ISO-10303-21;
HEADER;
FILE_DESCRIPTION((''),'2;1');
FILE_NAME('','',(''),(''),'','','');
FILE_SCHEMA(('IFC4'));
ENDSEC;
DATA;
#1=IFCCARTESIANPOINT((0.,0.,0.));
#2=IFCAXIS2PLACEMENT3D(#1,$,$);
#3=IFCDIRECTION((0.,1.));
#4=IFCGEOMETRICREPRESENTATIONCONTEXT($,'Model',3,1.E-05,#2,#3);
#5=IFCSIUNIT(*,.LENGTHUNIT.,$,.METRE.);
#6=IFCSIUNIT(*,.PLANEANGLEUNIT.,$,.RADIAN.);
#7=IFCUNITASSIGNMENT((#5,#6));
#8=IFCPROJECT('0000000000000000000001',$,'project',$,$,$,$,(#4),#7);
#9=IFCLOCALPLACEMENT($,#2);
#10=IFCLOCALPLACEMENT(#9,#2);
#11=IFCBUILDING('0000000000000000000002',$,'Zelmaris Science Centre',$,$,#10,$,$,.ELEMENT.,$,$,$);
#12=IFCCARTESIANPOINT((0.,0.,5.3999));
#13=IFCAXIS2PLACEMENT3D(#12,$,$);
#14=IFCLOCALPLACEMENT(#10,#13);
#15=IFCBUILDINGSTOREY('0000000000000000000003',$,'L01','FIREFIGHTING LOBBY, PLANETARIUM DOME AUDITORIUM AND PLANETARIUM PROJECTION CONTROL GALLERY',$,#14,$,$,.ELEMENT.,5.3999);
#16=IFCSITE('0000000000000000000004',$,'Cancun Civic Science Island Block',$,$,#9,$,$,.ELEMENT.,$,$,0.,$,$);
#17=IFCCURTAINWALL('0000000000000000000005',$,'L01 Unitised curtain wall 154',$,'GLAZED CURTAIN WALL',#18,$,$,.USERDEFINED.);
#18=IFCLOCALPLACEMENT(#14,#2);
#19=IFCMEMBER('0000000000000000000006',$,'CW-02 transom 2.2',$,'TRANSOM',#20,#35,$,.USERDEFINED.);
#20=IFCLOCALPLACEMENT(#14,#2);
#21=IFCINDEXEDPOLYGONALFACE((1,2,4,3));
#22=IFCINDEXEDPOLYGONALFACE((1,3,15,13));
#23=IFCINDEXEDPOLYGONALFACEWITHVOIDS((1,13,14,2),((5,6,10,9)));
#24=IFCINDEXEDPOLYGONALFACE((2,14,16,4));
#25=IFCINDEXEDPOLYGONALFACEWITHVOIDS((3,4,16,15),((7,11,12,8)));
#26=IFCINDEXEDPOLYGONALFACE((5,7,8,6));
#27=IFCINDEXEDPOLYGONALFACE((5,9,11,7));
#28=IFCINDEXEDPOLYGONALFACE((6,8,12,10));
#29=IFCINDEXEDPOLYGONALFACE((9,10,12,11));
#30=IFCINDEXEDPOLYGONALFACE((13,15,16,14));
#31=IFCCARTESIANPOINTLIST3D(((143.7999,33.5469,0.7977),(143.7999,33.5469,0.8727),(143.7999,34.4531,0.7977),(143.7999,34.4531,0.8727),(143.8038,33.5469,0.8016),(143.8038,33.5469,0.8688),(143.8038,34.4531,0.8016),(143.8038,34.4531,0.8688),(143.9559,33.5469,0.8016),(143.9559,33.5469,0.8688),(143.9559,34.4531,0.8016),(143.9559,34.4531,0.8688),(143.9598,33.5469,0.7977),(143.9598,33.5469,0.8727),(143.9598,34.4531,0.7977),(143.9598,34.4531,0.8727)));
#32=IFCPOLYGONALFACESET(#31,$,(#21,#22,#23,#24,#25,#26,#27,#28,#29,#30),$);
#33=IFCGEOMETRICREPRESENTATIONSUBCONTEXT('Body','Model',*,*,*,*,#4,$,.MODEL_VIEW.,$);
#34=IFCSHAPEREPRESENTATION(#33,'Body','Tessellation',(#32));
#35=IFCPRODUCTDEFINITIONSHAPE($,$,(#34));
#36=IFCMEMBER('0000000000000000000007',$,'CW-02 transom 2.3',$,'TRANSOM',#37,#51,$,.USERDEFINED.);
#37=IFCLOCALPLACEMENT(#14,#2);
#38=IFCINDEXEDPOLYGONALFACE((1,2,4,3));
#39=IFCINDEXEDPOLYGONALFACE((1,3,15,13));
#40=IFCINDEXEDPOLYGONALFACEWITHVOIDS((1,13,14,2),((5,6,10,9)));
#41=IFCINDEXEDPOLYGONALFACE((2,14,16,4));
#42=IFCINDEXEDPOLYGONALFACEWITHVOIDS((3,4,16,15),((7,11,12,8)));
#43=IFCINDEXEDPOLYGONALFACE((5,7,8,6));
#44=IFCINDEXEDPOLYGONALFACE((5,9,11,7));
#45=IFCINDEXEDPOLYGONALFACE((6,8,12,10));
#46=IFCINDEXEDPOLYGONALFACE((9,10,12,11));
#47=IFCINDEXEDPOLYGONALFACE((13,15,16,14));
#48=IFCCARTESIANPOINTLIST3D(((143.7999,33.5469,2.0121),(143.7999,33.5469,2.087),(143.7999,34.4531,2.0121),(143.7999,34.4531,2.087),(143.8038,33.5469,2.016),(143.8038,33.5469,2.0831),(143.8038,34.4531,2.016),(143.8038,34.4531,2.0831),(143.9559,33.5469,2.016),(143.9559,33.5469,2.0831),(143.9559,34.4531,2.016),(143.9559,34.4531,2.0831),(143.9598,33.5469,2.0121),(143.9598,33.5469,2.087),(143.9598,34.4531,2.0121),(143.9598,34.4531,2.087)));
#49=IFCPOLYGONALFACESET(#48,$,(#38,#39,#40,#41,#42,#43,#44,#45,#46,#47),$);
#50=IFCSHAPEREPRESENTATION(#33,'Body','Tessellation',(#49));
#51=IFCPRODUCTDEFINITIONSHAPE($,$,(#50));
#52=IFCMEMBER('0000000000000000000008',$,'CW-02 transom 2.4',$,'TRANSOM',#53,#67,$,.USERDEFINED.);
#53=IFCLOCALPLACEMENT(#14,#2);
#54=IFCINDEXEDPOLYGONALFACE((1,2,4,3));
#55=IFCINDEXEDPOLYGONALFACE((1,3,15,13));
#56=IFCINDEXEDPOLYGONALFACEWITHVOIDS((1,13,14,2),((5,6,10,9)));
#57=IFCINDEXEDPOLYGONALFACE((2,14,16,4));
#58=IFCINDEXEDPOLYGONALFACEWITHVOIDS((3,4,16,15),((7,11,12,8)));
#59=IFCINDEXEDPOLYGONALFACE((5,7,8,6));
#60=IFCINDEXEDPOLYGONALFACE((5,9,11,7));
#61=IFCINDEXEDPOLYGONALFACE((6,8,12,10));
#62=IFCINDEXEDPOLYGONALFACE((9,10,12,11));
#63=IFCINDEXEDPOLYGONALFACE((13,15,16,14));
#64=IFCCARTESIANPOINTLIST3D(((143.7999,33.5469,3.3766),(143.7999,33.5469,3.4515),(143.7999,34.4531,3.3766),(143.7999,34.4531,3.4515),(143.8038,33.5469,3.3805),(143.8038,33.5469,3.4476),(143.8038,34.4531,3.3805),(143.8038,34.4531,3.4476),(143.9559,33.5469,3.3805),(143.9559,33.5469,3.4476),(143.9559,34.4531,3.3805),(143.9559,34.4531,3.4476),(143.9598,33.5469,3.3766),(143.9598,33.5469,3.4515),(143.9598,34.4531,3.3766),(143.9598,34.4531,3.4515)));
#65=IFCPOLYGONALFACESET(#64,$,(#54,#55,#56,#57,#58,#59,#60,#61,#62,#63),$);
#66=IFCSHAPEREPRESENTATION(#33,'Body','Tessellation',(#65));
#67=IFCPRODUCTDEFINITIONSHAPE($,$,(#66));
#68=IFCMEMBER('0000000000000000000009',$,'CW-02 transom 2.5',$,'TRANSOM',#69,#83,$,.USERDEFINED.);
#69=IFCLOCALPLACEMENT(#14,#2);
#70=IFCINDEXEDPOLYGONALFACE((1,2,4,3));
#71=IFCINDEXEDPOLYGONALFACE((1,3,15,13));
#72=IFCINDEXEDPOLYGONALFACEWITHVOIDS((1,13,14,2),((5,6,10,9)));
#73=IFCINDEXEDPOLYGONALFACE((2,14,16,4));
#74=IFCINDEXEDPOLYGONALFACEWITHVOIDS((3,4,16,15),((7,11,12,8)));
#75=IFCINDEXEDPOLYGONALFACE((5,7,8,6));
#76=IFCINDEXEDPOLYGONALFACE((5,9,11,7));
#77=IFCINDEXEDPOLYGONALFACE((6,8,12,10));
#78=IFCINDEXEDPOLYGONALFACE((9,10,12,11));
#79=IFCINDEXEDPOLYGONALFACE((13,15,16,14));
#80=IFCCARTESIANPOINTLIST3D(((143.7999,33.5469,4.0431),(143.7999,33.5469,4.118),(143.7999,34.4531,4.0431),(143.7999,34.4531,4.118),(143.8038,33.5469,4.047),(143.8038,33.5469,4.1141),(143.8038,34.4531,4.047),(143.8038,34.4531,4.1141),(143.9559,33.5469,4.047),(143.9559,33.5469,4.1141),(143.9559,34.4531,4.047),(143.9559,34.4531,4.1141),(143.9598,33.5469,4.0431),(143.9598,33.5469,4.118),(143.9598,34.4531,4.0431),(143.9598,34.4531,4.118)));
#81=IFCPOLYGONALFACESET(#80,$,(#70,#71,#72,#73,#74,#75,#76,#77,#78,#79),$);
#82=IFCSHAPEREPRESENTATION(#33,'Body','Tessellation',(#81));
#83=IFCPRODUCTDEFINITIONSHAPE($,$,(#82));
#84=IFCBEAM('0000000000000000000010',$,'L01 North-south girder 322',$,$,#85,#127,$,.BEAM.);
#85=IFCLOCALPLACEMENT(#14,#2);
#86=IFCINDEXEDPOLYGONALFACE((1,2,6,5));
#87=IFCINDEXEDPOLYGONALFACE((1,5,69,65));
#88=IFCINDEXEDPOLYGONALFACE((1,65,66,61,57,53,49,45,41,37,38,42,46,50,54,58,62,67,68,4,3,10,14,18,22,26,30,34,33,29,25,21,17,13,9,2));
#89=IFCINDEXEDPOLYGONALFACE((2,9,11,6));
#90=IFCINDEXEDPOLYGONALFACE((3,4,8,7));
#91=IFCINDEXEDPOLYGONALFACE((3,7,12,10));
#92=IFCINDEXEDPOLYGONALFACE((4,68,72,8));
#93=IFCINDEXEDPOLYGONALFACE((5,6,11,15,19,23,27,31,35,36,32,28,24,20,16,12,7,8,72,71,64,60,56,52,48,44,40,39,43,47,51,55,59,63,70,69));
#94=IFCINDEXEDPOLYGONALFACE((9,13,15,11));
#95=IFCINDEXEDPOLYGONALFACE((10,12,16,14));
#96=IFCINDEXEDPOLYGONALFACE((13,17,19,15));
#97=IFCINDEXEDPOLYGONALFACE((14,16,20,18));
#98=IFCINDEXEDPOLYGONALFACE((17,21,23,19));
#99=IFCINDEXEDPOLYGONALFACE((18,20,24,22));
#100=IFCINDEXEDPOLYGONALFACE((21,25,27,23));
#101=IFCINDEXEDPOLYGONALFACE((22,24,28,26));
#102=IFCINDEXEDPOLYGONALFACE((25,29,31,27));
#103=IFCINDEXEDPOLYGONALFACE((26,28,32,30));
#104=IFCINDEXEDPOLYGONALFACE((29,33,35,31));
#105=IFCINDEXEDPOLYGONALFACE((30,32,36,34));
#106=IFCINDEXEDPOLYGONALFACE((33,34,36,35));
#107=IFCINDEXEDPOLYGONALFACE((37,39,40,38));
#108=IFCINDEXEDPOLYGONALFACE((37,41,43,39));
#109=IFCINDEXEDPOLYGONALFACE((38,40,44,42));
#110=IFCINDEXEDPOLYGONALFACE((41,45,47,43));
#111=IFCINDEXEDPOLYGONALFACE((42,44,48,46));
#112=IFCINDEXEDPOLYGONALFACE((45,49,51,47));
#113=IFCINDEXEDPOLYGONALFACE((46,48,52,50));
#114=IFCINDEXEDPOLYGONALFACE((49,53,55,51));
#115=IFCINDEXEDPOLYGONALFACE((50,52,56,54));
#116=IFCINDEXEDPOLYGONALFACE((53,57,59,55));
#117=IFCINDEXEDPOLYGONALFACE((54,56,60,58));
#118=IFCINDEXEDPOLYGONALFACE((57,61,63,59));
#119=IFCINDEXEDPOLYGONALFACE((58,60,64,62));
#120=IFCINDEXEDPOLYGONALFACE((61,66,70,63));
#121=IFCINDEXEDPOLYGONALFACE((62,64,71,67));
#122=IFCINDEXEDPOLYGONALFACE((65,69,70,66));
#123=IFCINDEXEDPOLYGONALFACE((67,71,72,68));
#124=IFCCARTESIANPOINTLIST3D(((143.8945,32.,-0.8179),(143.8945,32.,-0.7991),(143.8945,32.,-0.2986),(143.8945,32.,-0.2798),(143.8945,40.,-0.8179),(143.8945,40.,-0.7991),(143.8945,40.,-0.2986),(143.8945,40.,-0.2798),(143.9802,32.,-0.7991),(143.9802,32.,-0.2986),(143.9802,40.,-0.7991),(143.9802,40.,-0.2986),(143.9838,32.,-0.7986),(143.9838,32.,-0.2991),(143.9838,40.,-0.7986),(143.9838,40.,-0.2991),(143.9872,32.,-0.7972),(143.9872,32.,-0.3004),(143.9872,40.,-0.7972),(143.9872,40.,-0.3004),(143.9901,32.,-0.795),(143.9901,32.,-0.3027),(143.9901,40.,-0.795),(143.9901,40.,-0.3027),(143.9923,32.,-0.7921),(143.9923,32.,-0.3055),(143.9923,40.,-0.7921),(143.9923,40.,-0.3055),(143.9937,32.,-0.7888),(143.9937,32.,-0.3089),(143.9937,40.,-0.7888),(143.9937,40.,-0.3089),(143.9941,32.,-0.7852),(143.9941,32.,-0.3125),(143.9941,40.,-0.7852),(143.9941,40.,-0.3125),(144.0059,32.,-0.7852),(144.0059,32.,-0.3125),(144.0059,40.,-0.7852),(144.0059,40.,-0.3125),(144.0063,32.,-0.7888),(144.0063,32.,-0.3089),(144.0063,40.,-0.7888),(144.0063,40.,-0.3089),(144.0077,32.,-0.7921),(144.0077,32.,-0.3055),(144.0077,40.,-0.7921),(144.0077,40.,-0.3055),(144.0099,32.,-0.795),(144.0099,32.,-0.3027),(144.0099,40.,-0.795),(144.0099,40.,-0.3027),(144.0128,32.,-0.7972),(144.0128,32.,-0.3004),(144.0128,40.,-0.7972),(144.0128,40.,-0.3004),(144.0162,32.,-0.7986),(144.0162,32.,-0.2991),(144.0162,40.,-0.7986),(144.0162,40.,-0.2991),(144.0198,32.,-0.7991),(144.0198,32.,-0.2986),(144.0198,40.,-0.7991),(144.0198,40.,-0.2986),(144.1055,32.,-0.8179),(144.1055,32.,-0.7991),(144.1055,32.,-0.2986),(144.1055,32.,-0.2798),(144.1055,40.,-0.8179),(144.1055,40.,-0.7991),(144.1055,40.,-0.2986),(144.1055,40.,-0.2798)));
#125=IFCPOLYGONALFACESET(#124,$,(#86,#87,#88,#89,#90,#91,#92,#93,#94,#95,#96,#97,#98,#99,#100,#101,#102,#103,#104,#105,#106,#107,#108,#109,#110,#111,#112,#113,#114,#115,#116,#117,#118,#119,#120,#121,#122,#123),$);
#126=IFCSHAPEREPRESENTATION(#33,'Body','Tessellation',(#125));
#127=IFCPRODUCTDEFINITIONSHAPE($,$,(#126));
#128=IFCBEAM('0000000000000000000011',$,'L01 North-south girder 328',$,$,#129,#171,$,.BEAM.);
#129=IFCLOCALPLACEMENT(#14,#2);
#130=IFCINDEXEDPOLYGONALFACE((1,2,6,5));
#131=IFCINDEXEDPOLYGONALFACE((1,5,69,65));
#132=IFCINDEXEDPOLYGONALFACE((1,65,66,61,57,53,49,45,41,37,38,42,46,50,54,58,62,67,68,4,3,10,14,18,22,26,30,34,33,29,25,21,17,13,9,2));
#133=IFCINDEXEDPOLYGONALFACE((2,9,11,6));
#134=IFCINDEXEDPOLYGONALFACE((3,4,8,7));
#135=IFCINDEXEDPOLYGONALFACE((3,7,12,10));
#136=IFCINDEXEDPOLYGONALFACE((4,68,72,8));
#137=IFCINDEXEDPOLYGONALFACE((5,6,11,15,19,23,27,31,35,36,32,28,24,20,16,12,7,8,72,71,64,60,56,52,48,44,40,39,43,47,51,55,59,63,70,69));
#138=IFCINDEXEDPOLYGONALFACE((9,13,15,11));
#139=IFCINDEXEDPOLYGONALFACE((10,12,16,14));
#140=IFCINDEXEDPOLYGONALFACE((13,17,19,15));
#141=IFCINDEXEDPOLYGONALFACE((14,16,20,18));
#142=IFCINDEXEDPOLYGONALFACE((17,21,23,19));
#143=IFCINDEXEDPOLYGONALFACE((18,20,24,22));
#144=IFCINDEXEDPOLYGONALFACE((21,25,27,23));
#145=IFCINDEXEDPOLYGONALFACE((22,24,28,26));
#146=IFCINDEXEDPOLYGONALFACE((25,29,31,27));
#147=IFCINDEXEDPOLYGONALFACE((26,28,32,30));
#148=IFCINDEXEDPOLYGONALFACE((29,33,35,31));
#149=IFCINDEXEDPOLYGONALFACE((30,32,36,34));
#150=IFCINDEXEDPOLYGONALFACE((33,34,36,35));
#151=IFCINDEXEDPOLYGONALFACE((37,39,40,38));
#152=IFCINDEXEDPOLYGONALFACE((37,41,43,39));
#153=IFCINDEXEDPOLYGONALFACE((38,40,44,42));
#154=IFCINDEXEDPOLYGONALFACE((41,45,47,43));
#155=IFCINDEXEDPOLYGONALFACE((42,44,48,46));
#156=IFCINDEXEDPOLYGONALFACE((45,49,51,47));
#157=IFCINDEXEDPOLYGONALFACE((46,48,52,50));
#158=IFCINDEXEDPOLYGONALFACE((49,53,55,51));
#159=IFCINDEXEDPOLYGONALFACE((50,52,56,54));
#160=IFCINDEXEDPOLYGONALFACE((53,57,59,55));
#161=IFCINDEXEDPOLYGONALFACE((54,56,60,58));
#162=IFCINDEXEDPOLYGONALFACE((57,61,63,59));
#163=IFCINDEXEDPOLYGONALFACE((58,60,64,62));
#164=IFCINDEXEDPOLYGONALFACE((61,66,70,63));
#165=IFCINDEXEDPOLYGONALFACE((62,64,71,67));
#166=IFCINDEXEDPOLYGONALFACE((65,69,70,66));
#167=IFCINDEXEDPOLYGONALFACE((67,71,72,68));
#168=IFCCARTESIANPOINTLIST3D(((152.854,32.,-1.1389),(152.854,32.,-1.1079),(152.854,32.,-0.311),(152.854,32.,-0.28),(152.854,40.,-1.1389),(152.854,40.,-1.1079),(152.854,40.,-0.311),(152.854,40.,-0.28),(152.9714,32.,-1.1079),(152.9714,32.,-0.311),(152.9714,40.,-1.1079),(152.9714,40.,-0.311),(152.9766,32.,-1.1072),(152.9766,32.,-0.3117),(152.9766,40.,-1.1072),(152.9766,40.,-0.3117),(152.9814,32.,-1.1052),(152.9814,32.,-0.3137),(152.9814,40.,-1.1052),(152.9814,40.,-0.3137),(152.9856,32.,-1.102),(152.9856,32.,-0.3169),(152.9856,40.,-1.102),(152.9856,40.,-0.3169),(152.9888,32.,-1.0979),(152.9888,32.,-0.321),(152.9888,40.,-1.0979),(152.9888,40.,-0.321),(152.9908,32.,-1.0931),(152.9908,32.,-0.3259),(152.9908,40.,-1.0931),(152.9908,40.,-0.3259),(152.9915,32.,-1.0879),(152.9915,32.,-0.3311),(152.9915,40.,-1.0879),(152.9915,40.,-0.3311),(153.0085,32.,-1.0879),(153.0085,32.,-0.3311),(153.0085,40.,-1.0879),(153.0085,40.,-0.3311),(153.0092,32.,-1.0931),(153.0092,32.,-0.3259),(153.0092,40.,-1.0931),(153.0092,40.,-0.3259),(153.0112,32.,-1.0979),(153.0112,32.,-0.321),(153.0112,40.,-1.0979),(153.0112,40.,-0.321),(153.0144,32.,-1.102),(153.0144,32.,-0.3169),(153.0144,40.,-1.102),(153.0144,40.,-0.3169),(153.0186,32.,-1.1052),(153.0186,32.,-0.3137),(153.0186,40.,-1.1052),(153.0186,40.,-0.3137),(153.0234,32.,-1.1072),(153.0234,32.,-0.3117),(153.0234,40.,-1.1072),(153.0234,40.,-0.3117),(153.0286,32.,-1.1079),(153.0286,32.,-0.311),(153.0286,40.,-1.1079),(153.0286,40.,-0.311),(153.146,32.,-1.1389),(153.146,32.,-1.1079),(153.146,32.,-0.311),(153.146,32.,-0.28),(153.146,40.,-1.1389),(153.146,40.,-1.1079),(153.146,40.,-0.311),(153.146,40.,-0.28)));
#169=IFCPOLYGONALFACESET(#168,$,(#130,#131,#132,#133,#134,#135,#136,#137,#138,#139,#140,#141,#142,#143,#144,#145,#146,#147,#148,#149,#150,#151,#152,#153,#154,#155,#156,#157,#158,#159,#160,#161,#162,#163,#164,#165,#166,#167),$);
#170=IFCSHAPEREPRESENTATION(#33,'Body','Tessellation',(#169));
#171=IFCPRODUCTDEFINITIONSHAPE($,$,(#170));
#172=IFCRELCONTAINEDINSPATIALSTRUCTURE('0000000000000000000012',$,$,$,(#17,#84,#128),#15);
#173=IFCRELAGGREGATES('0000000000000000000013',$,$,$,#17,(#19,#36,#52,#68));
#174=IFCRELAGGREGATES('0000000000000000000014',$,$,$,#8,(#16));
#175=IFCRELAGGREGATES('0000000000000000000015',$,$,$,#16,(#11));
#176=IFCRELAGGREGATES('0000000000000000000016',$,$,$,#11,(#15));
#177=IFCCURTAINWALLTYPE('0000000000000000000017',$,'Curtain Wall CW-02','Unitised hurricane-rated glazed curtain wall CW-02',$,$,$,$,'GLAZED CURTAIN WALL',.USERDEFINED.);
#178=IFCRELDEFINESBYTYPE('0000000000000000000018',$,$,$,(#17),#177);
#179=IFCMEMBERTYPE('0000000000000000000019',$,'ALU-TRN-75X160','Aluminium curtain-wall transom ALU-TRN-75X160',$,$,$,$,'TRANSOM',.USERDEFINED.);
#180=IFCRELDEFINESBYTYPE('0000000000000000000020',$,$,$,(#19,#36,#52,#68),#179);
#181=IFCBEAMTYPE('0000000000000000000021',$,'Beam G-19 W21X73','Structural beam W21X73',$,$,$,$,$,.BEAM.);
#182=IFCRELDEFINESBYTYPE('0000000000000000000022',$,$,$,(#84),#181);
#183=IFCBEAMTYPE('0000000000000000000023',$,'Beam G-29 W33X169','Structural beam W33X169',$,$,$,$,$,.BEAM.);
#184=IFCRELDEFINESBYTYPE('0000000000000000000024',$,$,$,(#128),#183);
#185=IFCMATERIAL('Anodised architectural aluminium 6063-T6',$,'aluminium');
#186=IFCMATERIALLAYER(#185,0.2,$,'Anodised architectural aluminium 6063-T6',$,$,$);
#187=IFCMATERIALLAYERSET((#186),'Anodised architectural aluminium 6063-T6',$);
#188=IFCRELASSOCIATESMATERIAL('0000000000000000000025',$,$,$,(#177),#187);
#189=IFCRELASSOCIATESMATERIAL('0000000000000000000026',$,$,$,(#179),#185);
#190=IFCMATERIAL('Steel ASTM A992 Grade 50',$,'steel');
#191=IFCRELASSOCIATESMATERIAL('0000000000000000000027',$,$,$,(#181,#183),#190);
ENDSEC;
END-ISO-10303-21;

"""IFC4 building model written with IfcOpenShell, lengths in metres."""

from ifc_helpers import new_model, si_unit, direction, frame, origin, origin_2d, place, context, subcontext, project, spatial, hollow_rectangle, i_section, extrude, material, layer, layer_set, material_profile, profile_set, type_object, element, aggregate, save


model = new_model("IFC4")

# Units and contexts
model_context = context("Model", 3, precision=1e-05, world=origin(), true_north=direction((0.0, 1.0)))
body_context = subcontext(model_context, "Body", "Model", "MODEL_VIEW")
ifc_project = project(units=[si_unit("LENGTHUNIT", "METRE"), si_unit("PLANEANGLEUNIT", "RADIAN")], contexts=[model_context])

# Site, building, storey
site_placement = place(None, origin())
site = spatial("IfcSite", under=ifc_project, at=site_placement, Name="Cancun Civic Science Island Block", CompositionType="ELEMENT", RefElevation=0.0)
building_placement = place(site_placement, origin())
building = spatial("IfcBuilding", under=site, at=building_placement, Name="Zelmaris Science Centre", CompositionType="ELEMENT")
storey_placement = place(building_placement, frame((0.0, 0.0, 5.3999)))
storey = spatial("IfcBuildingStorey", under=building, at=storey_placement, Name="L01", Description="FIREFIGHTING LOBBY, PLANETARIUM DOME AUDITORIUM AND PLANETARIUM PROJECTION CONTROL GALLERY", CompositionType="ELEMENT", Elevation=5.3999)

# Shared definitions
ifc_material_1 = material(Name="Steel ASTM A992 Grade 50", Category="steel")

# Curtain wall, members
ifc_material_2 = material(Name="Anodised architectural aluminium 6063-T6", Category="aluminium")
ifc_layer_1 = layer(ifc_material_2, 0.2, Name="Anodised architectural aluminium 6063-T6")
ifc_layer_set_1 = layer_set([ifc_layer_1], Name="Anodised architectural aluminium 6063-T6")
curtain_wall_type = type_object("IfcCurtainWallType", Name="Curtain Wall CW-02", Description="Unitised hurricane-rated glazed curtain wall CW-02", ElementType="GLAZED CURTAIN WALL", PredefinedType="USERDEFINED", material=ifc_layer_set_1)
curtain_wall_placement = place(storey_placement, origin())
curtain_wall = element("IfcCurtainWall", 1, at=curtain_wall_placement, inside=storey, type_object=curtain_wall_type, Name="L01 Unitised curtain wall 154", ObjectType="GLAZED CURTAIN WALL", PredefinedType="USERDEFINED")
ifc_material_profile_1 = material_profile(ifc_material_2, hollow_rectangle(XDim=0.075, YDim=0.1599, WallThickness=0.0039, at=origin_2d()), Name="ALU-TRN-75X160")
ifc_profile_set_1 = profile_set([ifc_material_profile_1], Name="Anodised architectural aluminium 6063-T6")
member_type_1 = type_object("IfcMemberType", Name="ALU-TRN-75X160", Description="Aluminium curtain-wall transom ALU-TRN-75X160", ElementType="TRANSOM", PredefinedType="USERDEFINED", material=ifc_profile_set_1)
member_1_placement = place(storey_placement, frame((143.8799, 34.4531, 0.8352), z_axis=(0.0, -1.0, 0.0), x_axis=(0.0, 0.0, 1.0)))
member_1 = element("IfcMember", 2, at=member_1_placement, type_object=member_type_1, Name="CW-02 transom 2.2", ObjectType="TRANSOM", PredefinedType="USERDEFINED", context=body_context, shape_type="SweptSolid", body=[
    extrude(hollow_rectangle(XDim=0.075, YDim=0.1599, WallThickness=0.0039, at=origin_2d()), origin(), (0.0, 0.0, 1.0), 0.9062),
])
member_2_placement = place(storey_placement, frame((143.8799, 34.4531, 2.0496), z_axis=(0.0, -1.0, 0.0), x_axis=(0.0, 0.0, 1.0)))
member_2 = element("IfcMember", 3, at=member_2_placement, type_object=member_type_1, Name="CW-02 transom 2.3", ObjectType="TRANSOM", PredefinedType="USERDEFINED", context=body_context, shape_type="SweptSolid", body=[
    extrude(hollow_rectangle(XDim=0.075, YDim=0.1599, WallThickness=0.0039, at=origin_2d()), origin(), (0.0, 0.0, 1.0), 0.9062),
])
member_3_placement = place(storey_placement, frame((143.8799, 34.4531, 3.4141), z_axis=(0.0, -1.0, 0.0), x_axis=(0.0, 0.0, 1.0)))
member_3 = element("IfcMember", 4, at=member_3_placement, type_object=member_type_1, Name="CW-02 transom 2.4", ObjectType="TRANSOM", PredefinedType="USERDEFINED", context=body_context, shape_type="SweptSolid", body=[
    extrude(hollow_rectangle(XDim=0.075, YDim=0.1599, WallThickness=0.0039, at=origin_2d()), origin(), (0.0, 0.0, 1.0), 0.9062),
])
member_4_placement = place(storey_placement, frame((143.8799, 34.4531, 4.0806), z_axis=(0.0, -1.0, 0.0), x_axis=(0.0, 0.0, 1.0)))
member_4 = element("IfcMember", 5, at=member_4_placement, type_object=member_type_1, Name="CW-02 transom 2.5", ObjectType="TRANSOM", PredefinedType="USERDEFINED", context=body_context, shape_type="SweptSolid", body=[
    extrude(hollow_rectangle(XDim=0.075, YDim=0.1599, WallThickness=0.0039, at=origin_2d()), origin(), (0.0, 0.0, 1.0), 0.9062),
])

# Beams
ifc_material_profile_2 = material_profile(ifc_material_1, i_section(OverallWidth=0.2109, OverallDepth=0.5381, WebThickness=0.0117, FlangeThickness=0.0188, FilletRadius=0.0139, at=origin_2d()), Name="W21X73")
ifc_profile_set_2 = profile_set([ifc_material_profile_2], Name="Steel ASTM A992 Grade 50")
beam_type_1 = type_object("IfcBeamType", Name="Beam G-19 W21X73", Description="Structural beam W21X73", PredefinedType="BEAM", material=ifc_profile_set_2)
beam_1_placement = place(storey_placement, frame((144.0, 32.0, -0.5488), z_axis=(0.0, 1.0, 0.0), x_axis=(-1.0, 0.0, 0.0)))
element("IfcBeam", 6, at=beam_1_placement, inside=storey, type_object=beam_type_1, Name="L01 North-south girder 322", PredefinedType="BEAM", context=body_context, shape_type="SweptSolid", body=[
    extrude(i_section(OverallWidth=0.2109, OverallDepth=0.5381, WebThickness=0.0117, FlangeThickness=0.0188, FilletRadius=0.0139, at=origin_2d()), origin(), (0.0, 0.0, 1.0), 8.0),
])
ifc_material_profile_3 = material_profile(ifc_material_1, i_section(OverallWidth=0.292, OverallDepth=0.8589, WebThickness=0.0171, FlangeThickness=0.031, FilletRadius=0.02, at=origin_2d()), Name="W33X169")
ifc_profile_set_3 = profile_set([ifc_material_profile_3], Name="Steel ASTM A992 Grade 50")
beam_type_2 = type_object("IfcBeamType", Name="Beam G-29 W33X169", Description="Structural beam W33X169", PredefinedType="BEAM", material=ifc_profile_set_3)
beam_2_placement = place(storey_placement, frame((153.0, 32.0, -0.7095), z_axis=(0.0, 1.0, 0.0), x_axis=(-1.0, 0.0, 0.0)))
element("IfcBeam", 7, at=beam_2_placement, inside=storey, type_object=beam_type_2, Name="L01 North-south girder 328", PredefinedType="BEAM", context=body_context, shape_type="SweptSolid", body=[
    extrude(i_section(OverallWidth=0.292, OverallDepth=0.8589, WebThickness=0.0171, FlangeThickness=0.031, FilletRadius=0.02, at=origin_2d()), origin(), (0.0, 0.0, 1.0), 8.0),
])

aggregate(curtain_wall, [member_1, member_2, member_3, member_4])

save(model, "model.ifc")
